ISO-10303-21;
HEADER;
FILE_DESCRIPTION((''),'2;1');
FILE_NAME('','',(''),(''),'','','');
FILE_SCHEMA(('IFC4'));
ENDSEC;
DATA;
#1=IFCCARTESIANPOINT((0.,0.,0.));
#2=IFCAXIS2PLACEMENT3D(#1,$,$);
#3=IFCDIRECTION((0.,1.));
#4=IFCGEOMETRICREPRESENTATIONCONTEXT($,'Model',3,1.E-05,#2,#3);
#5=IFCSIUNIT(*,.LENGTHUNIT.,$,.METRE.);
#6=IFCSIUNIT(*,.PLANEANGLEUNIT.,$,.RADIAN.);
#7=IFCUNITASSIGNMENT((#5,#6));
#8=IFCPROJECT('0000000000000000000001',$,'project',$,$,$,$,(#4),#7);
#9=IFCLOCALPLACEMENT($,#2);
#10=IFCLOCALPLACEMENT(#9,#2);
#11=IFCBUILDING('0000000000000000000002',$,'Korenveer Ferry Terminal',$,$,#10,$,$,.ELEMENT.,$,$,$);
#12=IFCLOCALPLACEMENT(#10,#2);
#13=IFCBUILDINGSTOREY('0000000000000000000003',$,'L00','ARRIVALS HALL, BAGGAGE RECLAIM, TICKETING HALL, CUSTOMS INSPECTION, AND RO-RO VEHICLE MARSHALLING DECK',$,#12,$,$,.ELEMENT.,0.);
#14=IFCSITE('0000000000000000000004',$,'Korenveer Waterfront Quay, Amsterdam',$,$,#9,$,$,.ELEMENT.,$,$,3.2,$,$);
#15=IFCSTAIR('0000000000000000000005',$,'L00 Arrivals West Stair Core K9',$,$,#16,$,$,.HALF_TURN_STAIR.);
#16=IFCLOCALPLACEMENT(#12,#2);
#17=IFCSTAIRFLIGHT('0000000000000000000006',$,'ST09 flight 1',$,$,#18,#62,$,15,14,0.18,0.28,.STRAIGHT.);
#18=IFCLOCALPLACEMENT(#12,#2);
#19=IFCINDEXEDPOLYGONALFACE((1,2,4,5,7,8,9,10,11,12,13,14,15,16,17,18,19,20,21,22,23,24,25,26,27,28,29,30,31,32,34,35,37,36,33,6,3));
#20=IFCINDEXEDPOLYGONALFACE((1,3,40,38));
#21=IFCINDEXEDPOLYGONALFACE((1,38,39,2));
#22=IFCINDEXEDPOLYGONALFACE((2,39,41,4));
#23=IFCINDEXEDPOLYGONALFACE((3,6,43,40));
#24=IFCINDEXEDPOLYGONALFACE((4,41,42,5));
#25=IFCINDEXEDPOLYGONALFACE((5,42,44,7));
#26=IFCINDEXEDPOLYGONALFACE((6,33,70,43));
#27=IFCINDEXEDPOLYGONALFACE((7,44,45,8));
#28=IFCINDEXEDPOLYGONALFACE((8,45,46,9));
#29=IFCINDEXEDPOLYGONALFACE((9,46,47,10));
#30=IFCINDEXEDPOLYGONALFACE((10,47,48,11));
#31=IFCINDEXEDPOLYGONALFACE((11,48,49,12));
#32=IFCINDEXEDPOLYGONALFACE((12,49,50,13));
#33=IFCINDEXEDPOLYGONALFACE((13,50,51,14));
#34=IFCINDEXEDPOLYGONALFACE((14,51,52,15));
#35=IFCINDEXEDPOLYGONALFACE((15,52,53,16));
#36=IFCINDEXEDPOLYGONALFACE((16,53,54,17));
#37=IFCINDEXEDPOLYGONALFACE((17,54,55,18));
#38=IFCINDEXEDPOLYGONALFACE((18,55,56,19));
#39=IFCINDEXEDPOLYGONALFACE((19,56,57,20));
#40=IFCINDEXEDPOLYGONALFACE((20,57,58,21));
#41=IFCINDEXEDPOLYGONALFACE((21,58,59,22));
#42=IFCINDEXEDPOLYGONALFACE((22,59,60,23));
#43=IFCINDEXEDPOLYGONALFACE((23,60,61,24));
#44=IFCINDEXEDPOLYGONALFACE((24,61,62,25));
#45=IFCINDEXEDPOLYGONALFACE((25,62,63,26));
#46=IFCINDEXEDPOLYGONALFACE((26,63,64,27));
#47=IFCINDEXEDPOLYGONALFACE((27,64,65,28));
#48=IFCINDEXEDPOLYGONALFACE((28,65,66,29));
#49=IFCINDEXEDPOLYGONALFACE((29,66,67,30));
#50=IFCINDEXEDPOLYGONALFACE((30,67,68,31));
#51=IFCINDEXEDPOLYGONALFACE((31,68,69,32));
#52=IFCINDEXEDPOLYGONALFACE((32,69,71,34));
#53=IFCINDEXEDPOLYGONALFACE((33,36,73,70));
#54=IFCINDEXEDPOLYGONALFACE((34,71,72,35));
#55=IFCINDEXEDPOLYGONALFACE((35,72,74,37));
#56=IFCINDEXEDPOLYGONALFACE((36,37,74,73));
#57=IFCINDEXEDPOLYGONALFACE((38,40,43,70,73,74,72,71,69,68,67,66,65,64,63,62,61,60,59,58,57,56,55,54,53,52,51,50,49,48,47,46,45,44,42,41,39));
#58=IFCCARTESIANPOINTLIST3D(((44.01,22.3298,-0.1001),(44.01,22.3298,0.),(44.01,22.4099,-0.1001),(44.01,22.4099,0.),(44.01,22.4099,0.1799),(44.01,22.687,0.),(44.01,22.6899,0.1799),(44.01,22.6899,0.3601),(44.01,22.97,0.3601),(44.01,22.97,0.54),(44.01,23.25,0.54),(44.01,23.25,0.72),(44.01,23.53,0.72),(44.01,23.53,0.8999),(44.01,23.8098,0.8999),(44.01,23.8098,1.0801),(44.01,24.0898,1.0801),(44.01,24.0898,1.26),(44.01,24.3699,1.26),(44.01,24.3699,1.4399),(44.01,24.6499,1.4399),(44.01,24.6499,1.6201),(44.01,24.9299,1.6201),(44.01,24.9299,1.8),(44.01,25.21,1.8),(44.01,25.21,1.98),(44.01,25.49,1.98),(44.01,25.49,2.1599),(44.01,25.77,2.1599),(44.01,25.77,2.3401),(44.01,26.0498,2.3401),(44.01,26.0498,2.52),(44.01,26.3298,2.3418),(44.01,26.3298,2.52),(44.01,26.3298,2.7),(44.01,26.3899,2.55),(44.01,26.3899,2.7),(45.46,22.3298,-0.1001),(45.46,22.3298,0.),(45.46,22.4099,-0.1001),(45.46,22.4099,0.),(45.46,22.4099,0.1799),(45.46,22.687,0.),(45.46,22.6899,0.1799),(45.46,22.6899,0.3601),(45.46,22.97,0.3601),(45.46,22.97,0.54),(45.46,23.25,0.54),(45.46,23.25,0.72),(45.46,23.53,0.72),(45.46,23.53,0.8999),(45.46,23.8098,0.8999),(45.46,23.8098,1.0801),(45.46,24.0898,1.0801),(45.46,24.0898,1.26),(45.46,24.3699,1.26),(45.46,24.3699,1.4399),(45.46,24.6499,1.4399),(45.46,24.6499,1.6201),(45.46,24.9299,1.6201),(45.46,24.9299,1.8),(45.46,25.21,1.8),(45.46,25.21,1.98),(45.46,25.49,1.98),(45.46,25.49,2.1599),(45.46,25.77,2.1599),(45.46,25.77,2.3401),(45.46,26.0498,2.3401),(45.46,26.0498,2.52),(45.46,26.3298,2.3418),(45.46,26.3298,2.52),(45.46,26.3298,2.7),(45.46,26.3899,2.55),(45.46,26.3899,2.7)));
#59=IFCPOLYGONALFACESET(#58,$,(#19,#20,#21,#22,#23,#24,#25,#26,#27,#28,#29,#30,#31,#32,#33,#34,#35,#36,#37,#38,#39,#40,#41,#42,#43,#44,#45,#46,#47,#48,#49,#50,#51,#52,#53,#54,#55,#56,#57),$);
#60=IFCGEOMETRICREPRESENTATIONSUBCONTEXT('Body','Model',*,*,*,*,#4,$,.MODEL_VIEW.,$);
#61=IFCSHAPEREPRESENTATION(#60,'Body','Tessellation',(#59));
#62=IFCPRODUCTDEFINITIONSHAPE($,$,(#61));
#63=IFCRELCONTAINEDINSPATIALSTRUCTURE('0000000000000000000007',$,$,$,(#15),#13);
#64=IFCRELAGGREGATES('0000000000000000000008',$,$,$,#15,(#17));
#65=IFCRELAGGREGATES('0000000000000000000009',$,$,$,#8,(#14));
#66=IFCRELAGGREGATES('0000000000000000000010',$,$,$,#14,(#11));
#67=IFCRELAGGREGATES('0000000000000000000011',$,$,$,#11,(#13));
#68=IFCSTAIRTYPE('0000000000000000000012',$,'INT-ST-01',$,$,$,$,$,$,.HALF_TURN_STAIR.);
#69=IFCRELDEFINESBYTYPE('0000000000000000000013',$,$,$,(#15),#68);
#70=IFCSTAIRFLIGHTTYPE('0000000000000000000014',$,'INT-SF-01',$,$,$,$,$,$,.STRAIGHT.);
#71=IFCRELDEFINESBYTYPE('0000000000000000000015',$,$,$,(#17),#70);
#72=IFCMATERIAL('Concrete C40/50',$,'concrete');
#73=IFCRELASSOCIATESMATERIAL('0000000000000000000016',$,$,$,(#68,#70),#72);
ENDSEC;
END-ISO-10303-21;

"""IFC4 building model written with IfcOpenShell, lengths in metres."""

from ifc_helpers import new_model, si_unit, direction, frame, origin, place, context, subcontext, project, spatial, polyline, outline, extrude, material, type_object, element, aggregate, save


model = new_model("IFC4")

# Units and contexts
model_context = context("Model", 3, precision=1e-05, world=origin(), true_north=direction((0.0, 1.0)))
body_context = subcontext(model_context, "Body", "Model", "MODEL_VIEW")
ifc_project = project(units=[si_unit("LENGTHUNIT", "METRE"), si_unit("PLANEANGLEUNIT", "RADIAN")], contexts=[model_context])

# Site, building, storey
site_placement = place(None, origin())
site = spatial("IfcSite", under=ifc_project, at=site_placement, Name="Korenveer Waterfront Quay, Amsterdam", CompositionType="ELEMENT", RefElevation=3.2)
building_placement = place(site_placement, origin())
building = spatial("IfcBuilding", under=site, at=building_placement, Name="Korenveer Ferry Terminal", CompositionType="ELEMENT")
storey_placement = place(building_placement, origin())
storey = spatial("IfcBuildingStorey", under=building, at=storey_placement, Name="L00", Description="ARRIVALS HALL, BAGGAGE RECLAIM, TICKETING HALL, CUSTOMS INSPECTION, AND RO-RO VEHICLE MARSHALLING DECK", CompositionType="ELEMENT", Elevation=0.0)

# Shared definitions
ifc_material_1 = material(Name="Concrete C40/50", Category="concrete")

# Stair, stair flight
stair_type = type_object("IfcStairType", Name="INT-ST-01", PredefinedType="HALF_TURN_STAIR", material=ifc_material_1)
stair_placement = place(storey_placement, frame((44.7351, 22.4099, 0.0)))
stair = element("IfcStair", 1, at=stair_placement, inside=storey, type_object=stair_type, Name="L00 Arrivals West Stair Core K9", PredefinedType="HALF_TURN_STAIR")
stair_flight_type = type_object("IfcStairFlightType", Name="INT-SF-01", PredefinedType="STRAIGHT", material=ifc_material_1)
stair_flight_placement = place(storey_placement, frame((44.7351, 22.4099, 0.0), z_axis=(0.0, 0.0, 1.0), x_axis=(0.0, 1.0, 0.0)))
stair_flight = element("IfcStairFlight", 2, at=stair_flight_placement, type_object=stair_flight_type, Name="ST09 flight 1", NumberOfRisers=15, NumberOfTreads=14, PredefinedType="STRAIGHT", RiserHeight=0.18, TreadLength=0.28, context=body_context, shape_type="SweptSolid", body=[
    extrude(outline(polyline([(-0.0801, 0.0), (0.0, 0.0), (0.0, 0.1799), (0.28, 0.1799), (0.28, 0.3601), (0.5601, 0.3601), (0.5601, 0.54), (0.8401, 0.54), (0.8401, 0.72), (1.1201, 0.72), (1.1201, 0.8999), (1.3999, 0.8999), (1.3999, 1.0801), (1.6799, 1.0801), (1.6799, 1.26), (1.96, 1.26), (1.96, 1.4399), (2.24, 1.4399), (2.24, 1.6201), (2.52, 1.6201), (2.52, 1.8), (2.8, 1.8), (2.8, 1.98), (3.0801, 1.98), (3.0801, 2.1599), (3.3601, 2.1599), (3.3601, 2.3401), (3.6399, 2.3401), (3.6399, 2.52), (3.9199, 2.52), (3.9199, 2.7), (3.98, 2.7), (3.98, 2.55), (3.9199, 2.3418), (0.2771, 0.0), (0.0, -0.1001), (-0.0801, -0.1001), (-0.0801, 0.0)])), frame((0.0, 0.7251, 0.0), z_axis=(0.0, -1.0, 0.0), x_axis=(1.0, 0.0, 0.0)), (0.0, 0.0, 1.0), 1.45),
])
aggregate(stair, [stair_flight])

save(model, "model.ifc")
